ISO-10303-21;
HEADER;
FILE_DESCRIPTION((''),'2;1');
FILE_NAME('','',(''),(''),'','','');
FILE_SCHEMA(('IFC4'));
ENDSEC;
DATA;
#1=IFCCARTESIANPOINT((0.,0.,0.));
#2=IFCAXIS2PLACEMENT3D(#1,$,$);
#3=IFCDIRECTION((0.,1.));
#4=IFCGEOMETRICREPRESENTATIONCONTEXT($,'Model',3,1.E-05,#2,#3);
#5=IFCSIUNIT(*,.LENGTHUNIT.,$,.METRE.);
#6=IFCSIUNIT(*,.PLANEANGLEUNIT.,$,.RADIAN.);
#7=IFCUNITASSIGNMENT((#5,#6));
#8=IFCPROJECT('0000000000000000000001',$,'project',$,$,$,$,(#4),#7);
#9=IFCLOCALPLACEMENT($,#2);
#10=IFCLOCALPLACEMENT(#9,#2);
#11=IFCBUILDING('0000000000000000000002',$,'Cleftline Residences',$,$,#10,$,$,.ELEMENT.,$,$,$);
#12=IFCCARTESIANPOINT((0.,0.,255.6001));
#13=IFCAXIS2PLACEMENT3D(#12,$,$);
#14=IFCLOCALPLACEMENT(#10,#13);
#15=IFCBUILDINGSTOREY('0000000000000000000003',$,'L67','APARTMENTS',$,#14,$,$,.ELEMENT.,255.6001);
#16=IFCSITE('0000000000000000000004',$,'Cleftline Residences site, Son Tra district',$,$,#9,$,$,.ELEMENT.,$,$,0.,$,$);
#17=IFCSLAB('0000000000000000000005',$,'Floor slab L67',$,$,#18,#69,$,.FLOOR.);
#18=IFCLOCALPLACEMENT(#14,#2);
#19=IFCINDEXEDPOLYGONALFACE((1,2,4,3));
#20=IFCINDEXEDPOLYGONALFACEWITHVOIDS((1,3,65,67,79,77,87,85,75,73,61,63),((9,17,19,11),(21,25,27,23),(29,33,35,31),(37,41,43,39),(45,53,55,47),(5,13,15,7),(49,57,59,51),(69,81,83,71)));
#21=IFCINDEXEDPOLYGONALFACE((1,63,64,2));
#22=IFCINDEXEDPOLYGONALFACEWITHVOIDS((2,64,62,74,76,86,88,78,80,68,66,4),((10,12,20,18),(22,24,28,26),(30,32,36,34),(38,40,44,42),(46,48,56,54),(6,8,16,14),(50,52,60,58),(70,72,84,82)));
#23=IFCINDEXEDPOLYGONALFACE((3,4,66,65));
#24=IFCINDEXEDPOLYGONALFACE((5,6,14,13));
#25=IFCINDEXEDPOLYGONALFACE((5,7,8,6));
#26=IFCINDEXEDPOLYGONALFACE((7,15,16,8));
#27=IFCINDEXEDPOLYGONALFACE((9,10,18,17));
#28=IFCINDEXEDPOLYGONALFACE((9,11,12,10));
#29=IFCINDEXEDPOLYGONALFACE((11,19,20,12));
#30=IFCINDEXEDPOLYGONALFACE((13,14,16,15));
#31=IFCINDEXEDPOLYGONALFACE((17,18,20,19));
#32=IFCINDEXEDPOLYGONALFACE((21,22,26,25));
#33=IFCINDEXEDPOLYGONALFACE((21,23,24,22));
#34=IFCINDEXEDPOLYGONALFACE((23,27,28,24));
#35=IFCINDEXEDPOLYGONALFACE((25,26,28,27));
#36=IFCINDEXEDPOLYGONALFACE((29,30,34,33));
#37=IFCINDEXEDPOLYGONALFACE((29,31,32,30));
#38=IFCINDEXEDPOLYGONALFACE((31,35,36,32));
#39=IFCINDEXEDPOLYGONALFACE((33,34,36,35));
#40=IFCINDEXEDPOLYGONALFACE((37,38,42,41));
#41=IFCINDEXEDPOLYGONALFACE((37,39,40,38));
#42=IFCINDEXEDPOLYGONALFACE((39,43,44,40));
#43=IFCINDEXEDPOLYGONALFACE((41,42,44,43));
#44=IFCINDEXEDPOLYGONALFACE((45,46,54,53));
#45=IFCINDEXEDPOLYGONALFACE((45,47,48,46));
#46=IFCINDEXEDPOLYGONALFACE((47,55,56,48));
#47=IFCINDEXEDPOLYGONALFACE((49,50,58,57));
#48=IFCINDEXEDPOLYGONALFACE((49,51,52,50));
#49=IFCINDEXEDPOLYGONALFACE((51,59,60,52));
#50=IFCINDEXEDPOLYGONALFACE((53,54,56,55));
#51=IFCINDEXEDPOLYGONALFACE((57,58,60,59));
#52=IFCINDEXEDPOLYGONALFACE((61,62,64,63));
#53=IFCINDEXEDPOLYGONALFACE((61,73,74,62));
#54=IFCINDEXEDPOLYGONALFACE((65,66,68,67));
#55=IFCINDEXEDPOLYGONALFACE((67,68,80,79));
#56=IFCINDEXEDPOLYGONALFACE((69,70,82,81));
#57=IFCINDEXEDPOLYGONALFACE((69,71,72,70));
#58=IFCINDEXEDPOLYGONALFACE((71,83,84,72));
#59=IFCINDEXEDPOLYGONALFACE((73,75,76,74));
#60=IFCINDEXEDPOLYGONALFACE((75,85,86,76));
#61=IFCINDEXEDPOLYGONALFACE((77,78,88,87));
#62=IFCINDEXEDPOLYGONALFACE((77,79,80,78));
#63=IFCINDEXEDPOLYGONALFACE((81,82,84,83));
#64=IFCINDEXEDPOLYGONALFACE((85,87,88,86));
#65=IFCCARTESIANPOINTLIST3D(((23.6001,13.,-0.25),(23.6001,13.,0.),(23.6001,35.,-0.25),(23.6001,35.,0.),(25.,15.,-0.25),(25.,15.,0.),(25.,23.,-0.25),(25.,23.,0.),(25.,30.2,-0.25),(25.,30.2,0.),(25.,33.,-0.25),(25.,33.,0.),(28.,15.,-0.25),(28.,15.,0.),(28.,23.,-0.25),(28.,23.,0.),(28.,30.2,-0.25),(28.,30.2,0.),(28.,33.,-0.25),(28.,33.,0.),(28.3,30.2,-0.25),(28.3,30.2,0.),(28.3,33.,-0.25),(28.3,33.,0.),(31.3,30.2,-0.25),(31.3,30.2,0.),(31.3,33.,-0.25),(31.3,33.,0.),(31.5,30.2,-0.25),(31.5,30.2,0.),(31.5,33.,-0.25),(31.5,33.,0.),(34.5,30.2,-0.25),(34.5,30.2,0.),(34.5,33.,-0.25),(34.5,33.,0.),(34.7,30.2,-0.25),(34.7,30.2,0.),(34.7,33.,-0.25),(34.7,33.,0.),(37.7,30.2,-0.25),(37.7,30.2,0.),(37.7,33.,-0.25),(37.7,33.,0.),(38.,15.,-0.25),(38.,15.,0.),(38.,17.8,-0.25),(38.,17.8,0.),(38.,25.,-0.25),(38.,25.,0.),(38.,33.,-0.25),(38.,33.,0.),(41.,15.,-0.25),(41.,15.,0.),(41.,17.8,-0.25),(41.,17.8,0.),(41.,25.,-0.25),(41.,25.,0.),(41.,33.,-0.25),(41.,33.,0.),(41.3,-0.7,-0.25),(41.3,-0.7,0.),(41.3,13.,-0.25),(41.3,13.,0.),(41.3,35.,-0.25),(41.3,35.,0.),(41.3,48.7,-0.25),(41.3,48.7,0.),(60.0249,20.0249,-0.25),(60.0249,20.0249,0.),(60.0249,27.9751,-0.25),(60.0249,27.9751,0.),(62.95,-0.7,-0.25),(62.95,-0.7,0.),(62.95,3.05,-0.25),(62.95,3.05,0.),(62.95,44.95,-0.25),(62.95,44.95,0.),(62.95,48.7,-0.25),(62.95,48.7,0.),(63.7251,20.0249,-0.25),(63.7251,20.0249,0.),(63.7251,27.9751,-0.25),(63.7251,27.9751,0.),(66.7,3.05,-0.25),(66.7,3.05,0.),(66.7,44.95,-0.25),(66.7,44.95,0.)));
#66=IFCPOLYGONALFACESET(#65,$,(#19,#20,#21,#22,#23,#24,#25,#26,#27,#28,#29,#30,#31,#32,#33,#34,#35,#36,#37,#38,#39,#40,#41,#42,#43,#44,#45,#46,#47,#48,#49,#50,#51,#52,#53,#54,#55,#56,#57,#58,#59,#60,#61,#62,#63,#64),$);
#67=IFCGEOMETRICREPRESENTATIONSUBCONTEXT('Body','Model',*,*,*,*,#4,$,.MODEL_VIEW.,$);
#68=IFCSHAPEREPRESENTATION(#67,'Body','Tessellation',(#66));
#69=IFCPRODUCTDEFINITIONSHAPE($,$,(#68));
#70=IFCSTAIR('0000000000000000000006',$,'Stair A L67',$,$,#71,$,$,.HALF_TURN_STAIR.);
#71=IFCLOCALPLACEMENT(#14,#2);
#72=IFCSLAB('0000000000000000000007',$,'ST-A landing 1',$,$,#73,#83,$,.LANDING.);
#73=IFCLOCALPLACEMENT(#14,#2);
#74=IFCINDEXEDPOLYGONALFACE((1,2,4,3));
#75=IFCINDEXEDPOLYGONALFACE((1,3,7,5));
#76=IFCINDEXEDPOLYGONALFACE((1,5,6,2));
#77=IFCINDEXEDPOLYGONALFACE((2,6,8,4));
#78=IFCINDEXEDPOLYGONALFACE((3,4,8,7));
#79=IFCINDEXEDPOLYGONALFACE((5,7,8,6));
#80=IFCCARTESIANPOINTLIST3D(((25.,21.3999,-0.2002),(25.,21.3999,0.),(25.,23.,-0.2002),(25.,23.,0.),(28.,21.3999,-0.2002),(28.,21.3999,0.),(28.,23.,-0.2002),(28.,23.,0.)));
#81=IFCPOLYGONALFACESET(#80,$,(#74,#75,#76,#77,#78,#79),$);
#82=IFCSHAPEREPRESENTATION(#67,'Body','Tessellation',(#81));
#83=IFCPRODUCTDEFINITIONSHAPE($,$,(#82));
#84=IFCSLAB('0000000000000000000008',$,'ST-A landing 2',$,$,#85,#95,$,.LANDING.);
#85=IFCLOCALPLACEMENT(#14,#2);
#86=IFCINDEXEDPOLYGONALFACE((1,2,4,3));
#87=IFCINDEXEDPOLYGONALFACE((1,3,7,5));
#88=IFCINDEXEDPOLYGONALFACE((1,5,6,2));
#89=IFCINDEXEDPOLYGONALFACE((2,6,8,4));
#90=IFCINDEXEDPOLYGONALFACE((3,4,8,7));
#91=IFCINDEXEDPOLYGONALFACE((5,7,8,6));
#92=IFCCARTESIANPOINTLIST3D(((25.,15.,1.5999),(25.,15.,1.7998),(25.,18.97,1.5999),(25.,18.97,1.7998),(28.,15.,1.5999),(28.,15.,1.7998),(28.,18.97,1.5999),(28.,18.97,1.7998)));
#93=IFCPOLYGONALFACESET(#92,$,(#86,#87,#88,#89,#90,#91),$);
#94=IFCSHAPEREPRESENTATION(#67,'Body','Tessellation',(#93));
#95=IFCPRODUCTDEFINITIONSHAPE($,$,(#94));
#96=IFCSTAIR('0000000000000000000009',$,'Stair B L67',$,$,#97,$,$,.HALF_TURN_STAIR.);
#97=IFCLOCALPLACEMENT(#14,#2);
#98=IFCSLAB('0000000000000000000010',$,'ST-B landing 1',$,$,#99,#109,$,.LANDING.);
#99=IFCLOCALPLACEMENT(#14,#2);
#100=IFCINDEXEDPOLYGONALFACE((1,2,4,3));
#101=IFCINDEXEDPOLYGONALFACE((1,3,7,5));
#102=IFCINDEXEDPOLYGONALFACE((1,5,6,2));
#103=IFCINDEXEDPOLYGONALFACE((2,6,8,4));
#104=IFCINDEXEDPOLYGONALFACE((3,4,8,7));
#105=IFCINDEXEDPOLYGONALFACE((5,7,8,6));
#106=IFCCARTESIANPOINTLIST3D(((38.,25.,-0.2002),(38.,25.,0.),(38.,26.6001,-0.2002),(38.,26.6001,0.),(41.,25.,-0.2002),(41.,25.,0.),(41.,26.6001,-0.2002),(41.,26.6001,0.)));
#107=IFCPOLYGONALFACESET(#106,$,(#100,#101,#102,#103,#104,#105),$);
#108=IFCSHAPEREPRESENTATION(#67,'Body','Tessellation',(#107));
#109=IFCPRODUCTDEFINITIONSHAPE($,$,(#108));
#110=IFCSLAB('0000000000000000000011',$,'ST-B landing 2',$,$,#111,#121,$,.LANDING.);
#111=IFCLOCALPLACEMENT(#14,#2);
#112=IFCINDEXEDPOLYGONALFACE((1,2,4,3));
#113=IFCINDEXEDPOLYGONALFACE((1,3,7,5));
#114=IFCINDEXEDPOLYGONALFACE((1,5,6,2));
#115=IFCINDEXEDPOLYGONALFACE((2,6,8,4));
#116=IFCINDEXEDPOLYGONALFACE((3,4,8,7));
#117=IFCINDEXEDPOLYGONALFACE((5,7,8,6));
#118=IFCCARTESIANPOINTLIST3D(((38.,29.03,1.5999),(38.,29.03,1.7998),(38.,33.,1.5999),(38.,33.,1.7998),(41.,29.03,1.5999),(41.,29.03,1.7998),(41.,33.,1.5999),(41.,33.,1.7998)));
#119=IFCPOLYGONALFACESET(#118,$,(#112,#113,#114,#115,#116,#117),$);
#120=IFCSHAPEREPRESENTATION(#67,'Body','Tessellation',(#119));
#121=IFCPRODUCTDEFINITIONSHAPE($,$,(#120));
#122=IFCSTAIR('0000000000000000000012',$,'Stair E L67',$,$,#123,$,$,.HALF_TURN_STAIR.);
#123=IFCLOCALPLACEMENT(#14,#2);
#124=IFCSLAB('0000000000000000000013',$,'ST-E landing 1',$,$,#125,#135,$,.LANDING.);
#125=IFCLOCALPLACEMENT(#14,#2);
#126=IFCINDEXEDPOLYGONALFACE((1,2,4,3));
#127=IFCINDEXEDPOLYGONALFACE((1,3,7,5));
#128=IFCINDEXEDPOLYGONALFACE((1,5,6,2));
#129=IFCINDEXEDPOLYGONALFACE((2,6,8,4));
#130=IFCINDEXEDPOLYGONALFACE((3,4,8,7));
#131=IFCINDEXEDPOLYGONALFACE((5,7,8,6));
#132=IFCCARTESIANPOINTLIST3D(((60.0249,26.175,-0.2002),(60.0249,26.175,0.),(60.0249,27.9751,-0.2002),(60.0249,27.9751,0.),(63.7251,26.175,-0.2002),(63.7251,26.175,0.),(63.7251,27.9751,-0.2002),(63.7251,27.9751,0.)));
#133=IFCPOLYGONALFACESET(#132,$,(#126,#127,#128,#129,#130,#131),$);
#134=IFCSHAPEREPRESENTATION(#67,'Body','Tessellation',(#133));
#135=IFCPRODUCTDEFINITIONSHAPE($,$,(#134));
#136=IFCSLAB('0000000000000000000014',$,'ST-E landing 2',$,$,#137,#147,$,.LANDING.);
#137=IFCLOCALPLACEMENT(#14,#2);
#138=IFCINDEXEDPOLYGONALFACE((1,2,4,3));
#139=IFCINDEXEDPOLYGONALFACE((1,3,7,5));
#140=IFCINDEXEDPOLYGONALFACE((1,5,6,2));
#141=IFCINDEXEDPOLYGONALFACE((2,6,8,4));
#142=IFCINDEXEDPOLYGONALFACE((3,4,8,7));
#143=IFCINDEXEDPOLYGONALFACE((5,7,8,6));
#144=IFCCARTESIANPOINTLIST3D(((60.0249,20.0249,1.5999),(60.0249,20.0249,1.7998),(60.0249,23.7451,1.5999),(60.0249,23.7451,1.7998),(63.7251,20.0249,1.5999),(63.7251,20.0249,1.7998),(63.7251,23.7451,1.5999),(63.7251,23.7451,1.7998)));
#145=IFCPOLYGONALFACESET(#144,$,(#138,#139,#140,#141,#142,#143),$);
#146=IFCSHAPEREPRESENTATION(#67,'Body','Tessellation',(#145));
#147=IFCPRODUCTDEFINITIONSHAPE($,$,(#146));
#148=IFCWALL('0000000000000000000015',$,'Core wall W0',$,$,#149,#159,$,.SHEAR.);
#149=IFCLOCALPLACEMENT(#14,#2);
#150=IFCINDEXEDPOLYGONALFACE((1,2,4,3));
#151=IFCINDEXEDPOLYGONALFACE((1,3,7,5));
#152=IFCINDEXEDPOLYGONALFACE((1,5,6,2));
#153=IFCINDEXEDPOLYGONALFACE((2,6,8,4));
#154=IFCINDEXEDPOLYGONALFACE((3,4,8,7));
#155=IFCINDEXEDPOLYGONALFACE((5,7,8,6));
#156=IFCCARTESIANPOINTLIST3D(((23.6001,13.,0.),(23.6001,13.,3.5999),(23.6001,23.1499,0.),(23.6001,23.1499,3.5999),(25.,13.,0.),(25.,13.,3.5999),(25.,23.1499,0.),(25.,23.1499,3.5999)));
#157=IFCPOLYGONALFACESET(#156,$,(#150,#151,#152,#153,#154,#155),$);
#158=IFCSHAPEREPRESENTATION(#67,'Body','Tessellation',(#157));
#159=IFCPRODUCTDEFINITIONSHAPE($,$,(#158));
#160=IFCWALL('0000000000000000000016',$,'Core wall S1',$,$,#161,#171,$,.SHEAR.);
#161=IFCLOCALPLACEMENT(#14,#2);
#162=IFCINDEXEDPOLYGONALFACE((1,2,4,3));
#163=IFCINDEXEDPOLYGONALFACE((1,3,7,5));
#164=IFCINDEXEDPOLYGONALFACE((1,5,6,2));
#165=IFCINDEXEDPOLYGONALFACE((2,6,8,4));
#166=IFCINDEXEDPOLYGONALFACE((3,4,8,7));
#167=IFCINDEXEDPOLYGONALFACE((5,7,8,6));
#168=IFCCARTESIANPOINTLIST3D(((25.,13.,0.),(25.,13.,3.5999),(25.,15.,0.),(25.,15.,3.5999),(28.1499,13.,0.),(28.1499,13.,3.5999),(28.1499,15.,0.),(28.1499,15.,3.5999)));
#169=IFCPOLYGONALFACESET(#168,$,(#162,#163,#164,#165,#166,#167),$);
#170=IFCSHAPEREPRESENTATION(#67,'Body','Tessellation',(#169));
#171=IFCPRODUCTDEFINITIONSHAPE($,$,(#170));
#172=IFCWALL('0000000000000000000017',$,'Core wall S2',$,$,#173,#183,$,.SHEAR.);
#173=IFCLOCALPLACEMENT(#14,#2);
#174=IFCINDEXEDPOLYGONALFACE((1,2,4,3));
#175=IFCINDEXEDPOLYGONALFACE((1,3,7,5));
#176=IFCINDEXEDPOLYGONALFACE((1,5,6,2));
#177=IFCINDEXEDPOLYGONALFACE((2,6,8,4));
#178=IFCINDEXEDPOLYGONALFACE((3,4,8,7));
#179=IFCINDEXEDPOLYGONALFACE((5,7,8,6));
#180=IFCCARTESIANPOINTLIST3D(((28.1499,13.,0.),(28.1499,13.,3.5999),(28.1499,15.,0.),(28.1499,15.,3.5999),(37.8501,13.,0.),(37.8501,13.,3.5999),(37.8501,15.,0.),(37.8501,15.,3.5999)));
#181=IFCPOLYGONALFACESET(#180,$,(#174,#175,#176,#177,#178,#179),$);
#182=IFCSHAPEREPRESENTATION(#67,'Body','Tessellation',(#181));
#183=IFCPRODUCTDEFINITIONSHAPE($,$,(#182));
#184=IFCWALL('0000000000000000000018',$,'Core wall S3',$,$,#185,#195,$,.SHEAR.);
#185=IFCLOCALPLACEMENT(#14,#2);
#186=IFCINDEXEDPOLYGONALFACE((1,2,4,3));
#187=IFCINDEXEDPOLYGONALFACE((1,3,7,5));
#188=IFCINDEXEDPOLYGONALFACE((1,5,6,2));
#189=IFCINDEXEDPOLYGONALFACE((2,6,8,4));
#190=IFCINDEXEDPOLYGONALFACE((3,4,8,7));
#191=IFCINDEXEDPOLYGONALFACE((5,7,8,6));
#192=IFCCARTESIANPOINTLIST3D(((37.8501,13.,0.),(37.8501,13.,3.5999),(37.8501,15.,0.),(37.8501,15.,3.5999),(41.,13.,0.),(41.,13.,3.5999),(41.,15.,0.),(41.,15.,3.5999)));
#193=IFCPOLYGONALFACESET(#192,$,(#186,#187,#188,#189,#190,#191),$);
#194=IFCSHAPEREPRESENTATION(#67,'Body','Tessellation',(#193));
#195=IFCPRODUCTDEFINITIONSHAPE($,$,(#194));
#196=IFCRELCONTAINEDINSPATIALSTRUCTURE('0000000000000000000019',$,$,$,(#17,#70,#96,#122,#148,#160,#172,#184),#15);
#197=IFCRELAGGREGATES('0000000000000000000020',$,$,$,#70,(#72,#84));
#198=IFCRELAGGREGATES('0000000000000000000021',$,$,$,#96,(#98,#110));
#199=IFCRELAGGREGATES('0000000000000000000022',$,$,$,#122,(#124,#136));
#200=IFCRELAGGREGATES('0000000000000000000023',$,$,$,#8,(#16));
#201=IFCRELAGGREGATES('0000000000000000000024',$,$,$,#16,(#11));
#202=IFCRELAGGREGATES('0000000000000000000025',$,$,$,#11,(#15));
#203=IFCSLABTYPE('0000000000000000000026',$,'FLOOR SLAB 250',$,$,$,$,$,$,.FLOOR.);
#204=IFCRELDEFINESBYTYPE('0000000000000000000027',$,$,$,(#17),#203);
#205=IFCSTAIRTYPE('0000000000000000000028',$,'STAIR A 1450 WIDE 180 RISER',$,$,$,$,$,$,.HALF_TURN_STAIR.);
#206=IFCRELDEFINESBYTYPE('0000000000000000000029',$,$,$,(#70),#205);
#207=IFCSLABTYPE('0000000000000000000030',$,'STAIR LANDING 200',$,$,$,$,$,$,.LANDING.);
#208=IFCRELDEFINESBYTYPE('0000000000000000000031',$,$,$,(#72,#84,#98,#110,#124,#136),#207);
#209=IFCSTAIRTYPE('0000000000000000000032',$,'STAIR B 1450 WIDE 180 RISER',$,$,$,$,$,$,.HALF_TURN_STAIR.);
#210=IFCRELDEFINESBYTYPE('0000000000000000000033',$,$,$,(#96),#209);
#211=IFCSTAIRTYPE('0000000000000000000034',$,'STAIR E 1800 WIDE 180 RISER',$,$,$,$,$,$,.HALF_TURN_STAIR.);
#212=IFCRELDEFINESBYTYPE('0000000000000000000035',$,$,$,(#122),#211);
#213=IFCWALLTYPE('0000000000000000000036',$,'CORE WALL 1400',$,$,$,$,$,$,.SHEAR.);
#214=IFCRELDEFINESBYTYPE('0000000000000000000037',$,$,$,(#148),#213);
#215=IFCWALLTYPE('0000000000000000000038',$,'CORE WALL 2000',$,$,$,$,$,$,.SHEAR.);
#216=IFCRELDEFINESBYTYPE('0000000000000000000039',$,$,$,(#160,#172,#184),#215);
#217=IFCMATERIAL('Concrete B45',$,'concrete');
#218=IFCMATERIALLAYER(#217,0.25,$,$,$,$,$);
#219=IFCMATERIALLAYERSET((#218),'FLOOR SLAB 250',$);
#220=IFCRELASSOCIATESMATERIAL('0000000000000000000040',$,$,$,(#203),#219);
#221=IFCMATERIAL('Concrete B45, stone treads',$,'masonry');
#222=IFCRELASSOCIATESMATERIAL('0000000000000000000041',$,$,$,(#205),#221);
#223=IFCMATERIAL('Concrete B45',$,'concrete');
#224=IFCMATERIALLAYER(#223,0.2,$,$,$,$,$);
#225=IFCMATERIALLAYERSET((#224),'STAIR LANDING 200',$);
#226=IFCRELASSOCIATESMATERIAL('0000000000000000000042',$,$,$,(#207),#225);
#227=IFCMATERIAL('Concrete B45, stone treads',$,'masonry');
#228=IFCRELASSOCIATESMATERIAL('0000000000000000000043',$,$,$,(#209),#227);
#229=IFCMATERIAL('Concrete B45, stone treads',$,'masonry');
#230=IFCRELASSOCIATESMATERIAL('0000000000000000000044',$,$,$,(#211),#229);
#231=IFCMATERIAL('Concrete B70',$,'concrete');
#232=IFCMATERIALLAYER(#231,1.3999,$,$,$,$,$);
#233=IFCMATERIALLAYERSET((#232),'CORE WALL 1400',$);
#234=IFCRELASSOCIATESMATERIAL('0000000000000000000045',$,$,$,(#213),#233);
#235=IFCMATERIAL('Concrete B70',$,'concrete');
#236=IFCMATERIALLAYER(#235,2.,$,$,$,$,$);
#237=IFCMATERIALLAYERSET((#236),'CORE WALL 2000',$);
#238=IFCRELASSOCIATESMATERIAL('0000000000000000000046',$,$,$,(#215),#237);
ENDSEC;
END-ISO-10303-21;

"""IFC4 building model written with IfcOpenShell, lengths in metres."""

from ifc_helpers import new_model, si_unit, direction, frame, frame_2d, origin, place, context, subcontext, project, spatial, polyline, rectangle, outline, extrude, material, layer, layer_set, type_object, element, aggregate, save


model = new_model("IFC4")

# Units and contexts
model_context = context("Model", 3, precision=1e-05, world=origin(), true_north=direction((0.0, 1.0)))
body_context = subcontext(model_context, "Body", "Model", "MODEL_VIEW")
ifc_project = project(units=[si_unit("LENGTHUNIT", "METRE"), si_unit("PLANEANGLEUNIT", "RADIAN")], contexts=[model_context])

# Site, building, storey
site_placement = place(None, origin())
site = spatial("IfcSite", under=ifc_project, at=site_placement, Name="Cleftline Residences site, Son Tra district", CompositionType="ELEMENT", RefElevation=0.0)
building_placement = place(site_placement, origin())
building = spatial("IfcBuilding", under=site, at=building_placement, Name="Cleftline Residences", CompositionType="ELEMENT")
storey_placement = place(building_placement, frame((0.0, 0.0, 255.6001)))
storey = spatial("IfcBuildingStorey", under=building, at=storey_placement, Name="L67", Description="APARTMENTS", CompositionType="ELEMENT", Elevation=255.6001)

# Slab
ifc_material_1 = material(Name="Concrete B45", Category="concrete")
ifc_layer_1 = layer(ifc_material_1, 0.25)
ifc_layer_set_1 = layer_set([ifc_layer_1], Name="FLOOR SLAB 250")
slab_type_1 = type_object("IfcSlabType", Name="FLOOR SLAB 250", PredefinedType="FLOOR", material=ifc_layer_set_1)
slab_1_placement = place(storey_placement, frame((0.0, 0.0, -0.25)))
element("IfcSlab", 1, at=slab_1_placement, inside=storey, type_object=slab_type_1, Name="Floor slab L67", PredefinedType="FLOOR", context=body_context, shape_type="SweptSolid", body=[
    extrude(outline(polyline([(41.3, 13.0), (41.3, -0.7), (62.95, -0.7), (62.95, 3.05), (66.7, 3.05), (66.7, 44.95), (62.95, 44.95), (62.95, 48.7), (41.3, 48.7), (41.3, 35.0), (23.6001, 35.0), (23.6001, 13.0), (41.3, 13.0)]), holes=[polyline([(28.0, 15.0), (28.0, 23.0), (25.0, 23.0), (25.0, 15.0), (28.0, 15.0)]), polyline([(41.0, 25.0), (41.0, 33.0), (38.0, 33.0), (38.0, 25.0), (41.0, 25.0)]), polyline([(28.0, 30.2), (28.0, 33.0), (25.0, 33.0), (25.0, 30.2), (28.0, 30.2)]), polyline([(41.0, 15.0), (41.0, 17.8), (38.0, 17.8), (38.0, 15.0), (41.0, 15.0)]), polyline([(31.3, 30.2), (31.3, 33.0), (28.3, 33.0), (28.3, 30.2), (31.3, 30.2)]), polyline([(34.5, 30.2), (34.5, 33.0), (31.5, 33.0), (31.5, 30.2), (34.5, 30.2)]), polyline([(37.7, 30.2), (37.7, 33.0), (34.7, 33.0), (34.7, 30.2), (37.7, 30.2)]), polyline([(63.7251, 20.0249), (63.7251, 27.9751), (60.0249, 27.9751), (60.0249, 20.0249), (63.7251, 20.0249)])]), origin(), (0.0, 0.0, 1.0), 0.25),
])

# Stairs, slabs
ifc_material_2 = material(Name="Concrete B45, stone treads", Category="masonry")
stair_type_1 = type_object("IfcStairType", Name="STAIR A 1450 WIDE 180 RISER", PredefinedType="HALF_TURN_STAIR", material=ifc_material_2)
stair_1_placement = place(storey_placement, origin())
stair_1 = element("IfcStair", 2, at=stair_1_placement, inside=storey, type_object=stair_type_1, Name="Stair A L67", PredefinedType="HALF_TURN_STAIR")
ifc_material_3 = material(Name="Concrete B45", Category="concrete")
ifc_layer_2 = layer(ifc_material_3, 0.2)
ifc_layer_set_2 = layer_set([ifc_layer_2], Name="STAIR LANDING 200")
slab_type_2 = type_object("IfcSlabType", Name="STAIR LANDING 200", PredefinedType="LANDING", material=ifc_layer_set_2)
slab_2_placement = place(storey_placement, frame((0.0, 0.0, -0.2002)))
slab_2 = element("IfcSlab", 3, at=slab_2_placement, type_object=slab_type_2, Name="ST-A landing 1", PredefinedType="LANDING", context=body_context, shape_type="SweptSolid", body=[
    extrude(outline(polyline([(25.0, 21.3999), (28.0, 21.3999), (28.0, 23.0), (25.0, 23.0), (25.0, 21.3999)])), origin(), (0.0, 0.0, 1.0), 0.2002),
])
slab_3_placement = place(storey_placement, frame((0.0, 0.0, 1.5999)))
slab_3 = element("IfcSlab", 4, at=slab_3_placement, type_object=slab_type_2, Name="ST-A landing 2", PredefinedType="LANDING", context=body_context, shape_type="SweptSolid", body=[
    extrude(outline(polyline([(25.0, 15.0), (28.0, 15.0), (28.0, 18.97), (25.0, 18.97), (25.0, 15.0)])), origin(), (0.0, 0.0, 1.0), 0.2),
])
aggregate(stair_1, [slab_2, slab_3])
ifc_material_4 = material(Name="Concrete B45, stone treads", Category="masonry")
stair_type_2 = type_object("IfcStairType", Name="STAIR B 1450 WIDE 180 RISER", PredefinedType="HALF_TURN_STAIR", material=ifc_material_4)
stair_2_placement = place(storey_placement, origin())
stair_2 = element("IfcStair", 5, at=stair_2_placement, inside=storey, type_object=stair_type_2, Name="Stair B L67", PredefinedType="HALF_TURN_STAIR")
slab_4_placement = place(storey_placement, frame((0.0, 0.0, -0.2002)))
slab_4 = element("IfcSlab", 6, at=slab_4_placement, type_object=slab_type_2, Name="ST-B landing 1", PredefinedType="LANDING", context=body_context, shape_type="SweptSolid", body=[
    extrude(outline(polyline([(38.0, 25.0), (41.0, 25.0), (41.0, 26.6001), (38.0, 26.6001), (38.0, 25.0)])), origin(), (0.0, 0.0, 1.0), 0.2002),
])
slab_5_placement = place(storey_placement, frame((0.0, 0.0, 1.5999)))
slab_5 = element("IfcSlab", 7, at=slab_5_placement, type_object=slab_type_2, Name="ST-B landing 2", PredefinedType="LANDING", context=body_context, shape_type="SweptSolid", body=[
    extrude(outline(polyline([(38.0, 29.03), (41.0, 29.03), (41.0, 33.0), (38.0, 33.0), (38.0, 29.03)])), origin(), (0.0, 0.0, 1.0), 0.2),
])
aggregate(stair_2, [slab_4, slab_5])
ifc_material_5 = material(Name="Concrete B45, stone treads", Category="masonry")
stair_type_3 = type_object("IfcStairType", Name="STAIR E 1800 WIDE 180 RISER", PredefinedType="HALF_TURN_STAIR", material=ifc_material_5)
stair_3_placement = place(storey_placement, origin())
stair_3 = element("IfcStair", 8, at=stair_3_placement, inside=storey, type_object=stair_type_3, Name="Stair E L67", PredefinedType="HALF_TURN_STAIR")
slab_6_placement = place(storey_placement, frame((0.0, 0.0, -0.2002)))
slab_6 = element("IfcSlab", 9, at=slab_6_placement, type_object=slab_type_2, Name="ST-E landing 1", PredefinedType="LANDING", context=body_context, shape_type="SweptSolid", body=[
    extrude(outline(polyline([(60.0249, 26.175), (63.7251, 26.175), (63.7251, 27.9751), (60.0249, 27.9751), (60.0249, 26.175)])), origin(), (0.0, 0.0, 1.0), 0.2002),
])
slab_7_placement = place(storey_placement, frame((0.0, 0.0, 1.5999)))
slab_7 = element("IfcSlab", 10, at=slab_7_placement, type_object=slab_type_2, Name="ST-E landing 2", PredefinedType="LANDING", context=body_context, shape_type="SweptSolid", body=[
    extrude(outline(polyline([(60.0249, 20.0249), (63.7251, 20.0249), (63.7251, 23.7451), (60.0249, 23.7451), (60.0249, 20.0249)])), origin(), (0.0, 0.0, 1.0), 0.2),
])
aggregate(stair_3, [slab_6, slab_7])

# Walls
ifc_material_6 = material(Name="Concrete B70", Category="concrete")
ifc_layer_3 = layer(ifc_material_6, 1.3999)
ifc_layer_set_3 = layer_set([ifc_layer_3], Name="CORE WALL 1400")
wall_type_1 = type_object("IfcWallType", Name="CORE WALL 1400", PredefinedType="SHEAR", material=ifc_layer_set_3)
wall_1_placement = place(storey_placement, frame((24.3, 13.0, 0.0), z_axis=(0.0, 0.0, 1.0), x_axis=(0.0, 1.0, 0.0)))
element("IfcWall", 11, at=wall_1_placement, inside=storey, type_object=wall_type_1, Name="Core wall W0", PredefinedType="SHEAR", context=body_context, shape_type="SweptSolid", body=[
    extrude(rectangle(XDim=10.1499, YDim=1.3999, at=frame_2d((5.075, 0.0))), origin(), (0.0, 0.0, 1.0), 3.5999),
])
ifc_material_7 = material(Name="Concrete B70", Category="concrete")
ifc_layer_4 = layer(ifc_material_7, 2.0)
ifc_layer_set_4 = layer_set([ifc_layer_4], Name="CORE WALL 2000")
wall_type_2 = type_object("IfcWallType", Name="CORE WALL 2000", PredefinedType="SHEAR", material=ifc_layer_set_4)
wall_2_placement = place(storey_placement, frame((25.0, 14.0, 0.0), z_axis=(0.0, 0.0, 1.0), x_axis=(1.0, 0.0, 0.0)))
element("IfcWall", 12, at=wall_2_placement, inside=storey, type_object=wall_type_2, Name="Core wall S1", PredefinedType="SHEAR", context=body_context, shape_type="SweptSolid", body=[
    extrude(rectangle(XDim=3.1499, YDim=2.0, at=frame_2d((1.575, 0.0))), origin(), (0.0, 0.0, 1.0), 3.5999),
])
wall_3_placement = place(storey_placement, frame((28.1499, 14.0, 0.0), z_axis=(0.0, 0.0, 1.0), x_axis=(1.0, 0.0, 0.0)))
element("IfcWall", 13, at=wall_3_placement, inside=storey, type_object=wall_type_2, Name="Core wall S2", PredefinedType="SHEAR", context=body_context, shape_type="SweptSolid", body=[
    extrude(rectangle(XDim=9.7002, YDim=2.0, at=frame_2d((4.8501, 0.0))), origin(), (0.0, 0.0, 1.0), 3.5999),
])
wall_4_placement = place(storey_placement, frame((37.8501, 14.0, 0.0), z_axis=(0.0, 0.0, 1.0), x_axis=(1.0, 0.0, 0.0)))
element("IfcWall", 14, at=wall_4_placement, inside=storey, type_object=wall_type_2, Name="Core wall S3", PredefinedType="SHEAR", context=body_context, shape_type="SweptSolid", body=[
    extrude(rectangle(XDim=3.1499, YDim=2.0, at=frame_2d((1.575, 0.0))), origin(), (0.0, 0.0, 1.0), 3.5999),
])

save(model, "model.ifc")
